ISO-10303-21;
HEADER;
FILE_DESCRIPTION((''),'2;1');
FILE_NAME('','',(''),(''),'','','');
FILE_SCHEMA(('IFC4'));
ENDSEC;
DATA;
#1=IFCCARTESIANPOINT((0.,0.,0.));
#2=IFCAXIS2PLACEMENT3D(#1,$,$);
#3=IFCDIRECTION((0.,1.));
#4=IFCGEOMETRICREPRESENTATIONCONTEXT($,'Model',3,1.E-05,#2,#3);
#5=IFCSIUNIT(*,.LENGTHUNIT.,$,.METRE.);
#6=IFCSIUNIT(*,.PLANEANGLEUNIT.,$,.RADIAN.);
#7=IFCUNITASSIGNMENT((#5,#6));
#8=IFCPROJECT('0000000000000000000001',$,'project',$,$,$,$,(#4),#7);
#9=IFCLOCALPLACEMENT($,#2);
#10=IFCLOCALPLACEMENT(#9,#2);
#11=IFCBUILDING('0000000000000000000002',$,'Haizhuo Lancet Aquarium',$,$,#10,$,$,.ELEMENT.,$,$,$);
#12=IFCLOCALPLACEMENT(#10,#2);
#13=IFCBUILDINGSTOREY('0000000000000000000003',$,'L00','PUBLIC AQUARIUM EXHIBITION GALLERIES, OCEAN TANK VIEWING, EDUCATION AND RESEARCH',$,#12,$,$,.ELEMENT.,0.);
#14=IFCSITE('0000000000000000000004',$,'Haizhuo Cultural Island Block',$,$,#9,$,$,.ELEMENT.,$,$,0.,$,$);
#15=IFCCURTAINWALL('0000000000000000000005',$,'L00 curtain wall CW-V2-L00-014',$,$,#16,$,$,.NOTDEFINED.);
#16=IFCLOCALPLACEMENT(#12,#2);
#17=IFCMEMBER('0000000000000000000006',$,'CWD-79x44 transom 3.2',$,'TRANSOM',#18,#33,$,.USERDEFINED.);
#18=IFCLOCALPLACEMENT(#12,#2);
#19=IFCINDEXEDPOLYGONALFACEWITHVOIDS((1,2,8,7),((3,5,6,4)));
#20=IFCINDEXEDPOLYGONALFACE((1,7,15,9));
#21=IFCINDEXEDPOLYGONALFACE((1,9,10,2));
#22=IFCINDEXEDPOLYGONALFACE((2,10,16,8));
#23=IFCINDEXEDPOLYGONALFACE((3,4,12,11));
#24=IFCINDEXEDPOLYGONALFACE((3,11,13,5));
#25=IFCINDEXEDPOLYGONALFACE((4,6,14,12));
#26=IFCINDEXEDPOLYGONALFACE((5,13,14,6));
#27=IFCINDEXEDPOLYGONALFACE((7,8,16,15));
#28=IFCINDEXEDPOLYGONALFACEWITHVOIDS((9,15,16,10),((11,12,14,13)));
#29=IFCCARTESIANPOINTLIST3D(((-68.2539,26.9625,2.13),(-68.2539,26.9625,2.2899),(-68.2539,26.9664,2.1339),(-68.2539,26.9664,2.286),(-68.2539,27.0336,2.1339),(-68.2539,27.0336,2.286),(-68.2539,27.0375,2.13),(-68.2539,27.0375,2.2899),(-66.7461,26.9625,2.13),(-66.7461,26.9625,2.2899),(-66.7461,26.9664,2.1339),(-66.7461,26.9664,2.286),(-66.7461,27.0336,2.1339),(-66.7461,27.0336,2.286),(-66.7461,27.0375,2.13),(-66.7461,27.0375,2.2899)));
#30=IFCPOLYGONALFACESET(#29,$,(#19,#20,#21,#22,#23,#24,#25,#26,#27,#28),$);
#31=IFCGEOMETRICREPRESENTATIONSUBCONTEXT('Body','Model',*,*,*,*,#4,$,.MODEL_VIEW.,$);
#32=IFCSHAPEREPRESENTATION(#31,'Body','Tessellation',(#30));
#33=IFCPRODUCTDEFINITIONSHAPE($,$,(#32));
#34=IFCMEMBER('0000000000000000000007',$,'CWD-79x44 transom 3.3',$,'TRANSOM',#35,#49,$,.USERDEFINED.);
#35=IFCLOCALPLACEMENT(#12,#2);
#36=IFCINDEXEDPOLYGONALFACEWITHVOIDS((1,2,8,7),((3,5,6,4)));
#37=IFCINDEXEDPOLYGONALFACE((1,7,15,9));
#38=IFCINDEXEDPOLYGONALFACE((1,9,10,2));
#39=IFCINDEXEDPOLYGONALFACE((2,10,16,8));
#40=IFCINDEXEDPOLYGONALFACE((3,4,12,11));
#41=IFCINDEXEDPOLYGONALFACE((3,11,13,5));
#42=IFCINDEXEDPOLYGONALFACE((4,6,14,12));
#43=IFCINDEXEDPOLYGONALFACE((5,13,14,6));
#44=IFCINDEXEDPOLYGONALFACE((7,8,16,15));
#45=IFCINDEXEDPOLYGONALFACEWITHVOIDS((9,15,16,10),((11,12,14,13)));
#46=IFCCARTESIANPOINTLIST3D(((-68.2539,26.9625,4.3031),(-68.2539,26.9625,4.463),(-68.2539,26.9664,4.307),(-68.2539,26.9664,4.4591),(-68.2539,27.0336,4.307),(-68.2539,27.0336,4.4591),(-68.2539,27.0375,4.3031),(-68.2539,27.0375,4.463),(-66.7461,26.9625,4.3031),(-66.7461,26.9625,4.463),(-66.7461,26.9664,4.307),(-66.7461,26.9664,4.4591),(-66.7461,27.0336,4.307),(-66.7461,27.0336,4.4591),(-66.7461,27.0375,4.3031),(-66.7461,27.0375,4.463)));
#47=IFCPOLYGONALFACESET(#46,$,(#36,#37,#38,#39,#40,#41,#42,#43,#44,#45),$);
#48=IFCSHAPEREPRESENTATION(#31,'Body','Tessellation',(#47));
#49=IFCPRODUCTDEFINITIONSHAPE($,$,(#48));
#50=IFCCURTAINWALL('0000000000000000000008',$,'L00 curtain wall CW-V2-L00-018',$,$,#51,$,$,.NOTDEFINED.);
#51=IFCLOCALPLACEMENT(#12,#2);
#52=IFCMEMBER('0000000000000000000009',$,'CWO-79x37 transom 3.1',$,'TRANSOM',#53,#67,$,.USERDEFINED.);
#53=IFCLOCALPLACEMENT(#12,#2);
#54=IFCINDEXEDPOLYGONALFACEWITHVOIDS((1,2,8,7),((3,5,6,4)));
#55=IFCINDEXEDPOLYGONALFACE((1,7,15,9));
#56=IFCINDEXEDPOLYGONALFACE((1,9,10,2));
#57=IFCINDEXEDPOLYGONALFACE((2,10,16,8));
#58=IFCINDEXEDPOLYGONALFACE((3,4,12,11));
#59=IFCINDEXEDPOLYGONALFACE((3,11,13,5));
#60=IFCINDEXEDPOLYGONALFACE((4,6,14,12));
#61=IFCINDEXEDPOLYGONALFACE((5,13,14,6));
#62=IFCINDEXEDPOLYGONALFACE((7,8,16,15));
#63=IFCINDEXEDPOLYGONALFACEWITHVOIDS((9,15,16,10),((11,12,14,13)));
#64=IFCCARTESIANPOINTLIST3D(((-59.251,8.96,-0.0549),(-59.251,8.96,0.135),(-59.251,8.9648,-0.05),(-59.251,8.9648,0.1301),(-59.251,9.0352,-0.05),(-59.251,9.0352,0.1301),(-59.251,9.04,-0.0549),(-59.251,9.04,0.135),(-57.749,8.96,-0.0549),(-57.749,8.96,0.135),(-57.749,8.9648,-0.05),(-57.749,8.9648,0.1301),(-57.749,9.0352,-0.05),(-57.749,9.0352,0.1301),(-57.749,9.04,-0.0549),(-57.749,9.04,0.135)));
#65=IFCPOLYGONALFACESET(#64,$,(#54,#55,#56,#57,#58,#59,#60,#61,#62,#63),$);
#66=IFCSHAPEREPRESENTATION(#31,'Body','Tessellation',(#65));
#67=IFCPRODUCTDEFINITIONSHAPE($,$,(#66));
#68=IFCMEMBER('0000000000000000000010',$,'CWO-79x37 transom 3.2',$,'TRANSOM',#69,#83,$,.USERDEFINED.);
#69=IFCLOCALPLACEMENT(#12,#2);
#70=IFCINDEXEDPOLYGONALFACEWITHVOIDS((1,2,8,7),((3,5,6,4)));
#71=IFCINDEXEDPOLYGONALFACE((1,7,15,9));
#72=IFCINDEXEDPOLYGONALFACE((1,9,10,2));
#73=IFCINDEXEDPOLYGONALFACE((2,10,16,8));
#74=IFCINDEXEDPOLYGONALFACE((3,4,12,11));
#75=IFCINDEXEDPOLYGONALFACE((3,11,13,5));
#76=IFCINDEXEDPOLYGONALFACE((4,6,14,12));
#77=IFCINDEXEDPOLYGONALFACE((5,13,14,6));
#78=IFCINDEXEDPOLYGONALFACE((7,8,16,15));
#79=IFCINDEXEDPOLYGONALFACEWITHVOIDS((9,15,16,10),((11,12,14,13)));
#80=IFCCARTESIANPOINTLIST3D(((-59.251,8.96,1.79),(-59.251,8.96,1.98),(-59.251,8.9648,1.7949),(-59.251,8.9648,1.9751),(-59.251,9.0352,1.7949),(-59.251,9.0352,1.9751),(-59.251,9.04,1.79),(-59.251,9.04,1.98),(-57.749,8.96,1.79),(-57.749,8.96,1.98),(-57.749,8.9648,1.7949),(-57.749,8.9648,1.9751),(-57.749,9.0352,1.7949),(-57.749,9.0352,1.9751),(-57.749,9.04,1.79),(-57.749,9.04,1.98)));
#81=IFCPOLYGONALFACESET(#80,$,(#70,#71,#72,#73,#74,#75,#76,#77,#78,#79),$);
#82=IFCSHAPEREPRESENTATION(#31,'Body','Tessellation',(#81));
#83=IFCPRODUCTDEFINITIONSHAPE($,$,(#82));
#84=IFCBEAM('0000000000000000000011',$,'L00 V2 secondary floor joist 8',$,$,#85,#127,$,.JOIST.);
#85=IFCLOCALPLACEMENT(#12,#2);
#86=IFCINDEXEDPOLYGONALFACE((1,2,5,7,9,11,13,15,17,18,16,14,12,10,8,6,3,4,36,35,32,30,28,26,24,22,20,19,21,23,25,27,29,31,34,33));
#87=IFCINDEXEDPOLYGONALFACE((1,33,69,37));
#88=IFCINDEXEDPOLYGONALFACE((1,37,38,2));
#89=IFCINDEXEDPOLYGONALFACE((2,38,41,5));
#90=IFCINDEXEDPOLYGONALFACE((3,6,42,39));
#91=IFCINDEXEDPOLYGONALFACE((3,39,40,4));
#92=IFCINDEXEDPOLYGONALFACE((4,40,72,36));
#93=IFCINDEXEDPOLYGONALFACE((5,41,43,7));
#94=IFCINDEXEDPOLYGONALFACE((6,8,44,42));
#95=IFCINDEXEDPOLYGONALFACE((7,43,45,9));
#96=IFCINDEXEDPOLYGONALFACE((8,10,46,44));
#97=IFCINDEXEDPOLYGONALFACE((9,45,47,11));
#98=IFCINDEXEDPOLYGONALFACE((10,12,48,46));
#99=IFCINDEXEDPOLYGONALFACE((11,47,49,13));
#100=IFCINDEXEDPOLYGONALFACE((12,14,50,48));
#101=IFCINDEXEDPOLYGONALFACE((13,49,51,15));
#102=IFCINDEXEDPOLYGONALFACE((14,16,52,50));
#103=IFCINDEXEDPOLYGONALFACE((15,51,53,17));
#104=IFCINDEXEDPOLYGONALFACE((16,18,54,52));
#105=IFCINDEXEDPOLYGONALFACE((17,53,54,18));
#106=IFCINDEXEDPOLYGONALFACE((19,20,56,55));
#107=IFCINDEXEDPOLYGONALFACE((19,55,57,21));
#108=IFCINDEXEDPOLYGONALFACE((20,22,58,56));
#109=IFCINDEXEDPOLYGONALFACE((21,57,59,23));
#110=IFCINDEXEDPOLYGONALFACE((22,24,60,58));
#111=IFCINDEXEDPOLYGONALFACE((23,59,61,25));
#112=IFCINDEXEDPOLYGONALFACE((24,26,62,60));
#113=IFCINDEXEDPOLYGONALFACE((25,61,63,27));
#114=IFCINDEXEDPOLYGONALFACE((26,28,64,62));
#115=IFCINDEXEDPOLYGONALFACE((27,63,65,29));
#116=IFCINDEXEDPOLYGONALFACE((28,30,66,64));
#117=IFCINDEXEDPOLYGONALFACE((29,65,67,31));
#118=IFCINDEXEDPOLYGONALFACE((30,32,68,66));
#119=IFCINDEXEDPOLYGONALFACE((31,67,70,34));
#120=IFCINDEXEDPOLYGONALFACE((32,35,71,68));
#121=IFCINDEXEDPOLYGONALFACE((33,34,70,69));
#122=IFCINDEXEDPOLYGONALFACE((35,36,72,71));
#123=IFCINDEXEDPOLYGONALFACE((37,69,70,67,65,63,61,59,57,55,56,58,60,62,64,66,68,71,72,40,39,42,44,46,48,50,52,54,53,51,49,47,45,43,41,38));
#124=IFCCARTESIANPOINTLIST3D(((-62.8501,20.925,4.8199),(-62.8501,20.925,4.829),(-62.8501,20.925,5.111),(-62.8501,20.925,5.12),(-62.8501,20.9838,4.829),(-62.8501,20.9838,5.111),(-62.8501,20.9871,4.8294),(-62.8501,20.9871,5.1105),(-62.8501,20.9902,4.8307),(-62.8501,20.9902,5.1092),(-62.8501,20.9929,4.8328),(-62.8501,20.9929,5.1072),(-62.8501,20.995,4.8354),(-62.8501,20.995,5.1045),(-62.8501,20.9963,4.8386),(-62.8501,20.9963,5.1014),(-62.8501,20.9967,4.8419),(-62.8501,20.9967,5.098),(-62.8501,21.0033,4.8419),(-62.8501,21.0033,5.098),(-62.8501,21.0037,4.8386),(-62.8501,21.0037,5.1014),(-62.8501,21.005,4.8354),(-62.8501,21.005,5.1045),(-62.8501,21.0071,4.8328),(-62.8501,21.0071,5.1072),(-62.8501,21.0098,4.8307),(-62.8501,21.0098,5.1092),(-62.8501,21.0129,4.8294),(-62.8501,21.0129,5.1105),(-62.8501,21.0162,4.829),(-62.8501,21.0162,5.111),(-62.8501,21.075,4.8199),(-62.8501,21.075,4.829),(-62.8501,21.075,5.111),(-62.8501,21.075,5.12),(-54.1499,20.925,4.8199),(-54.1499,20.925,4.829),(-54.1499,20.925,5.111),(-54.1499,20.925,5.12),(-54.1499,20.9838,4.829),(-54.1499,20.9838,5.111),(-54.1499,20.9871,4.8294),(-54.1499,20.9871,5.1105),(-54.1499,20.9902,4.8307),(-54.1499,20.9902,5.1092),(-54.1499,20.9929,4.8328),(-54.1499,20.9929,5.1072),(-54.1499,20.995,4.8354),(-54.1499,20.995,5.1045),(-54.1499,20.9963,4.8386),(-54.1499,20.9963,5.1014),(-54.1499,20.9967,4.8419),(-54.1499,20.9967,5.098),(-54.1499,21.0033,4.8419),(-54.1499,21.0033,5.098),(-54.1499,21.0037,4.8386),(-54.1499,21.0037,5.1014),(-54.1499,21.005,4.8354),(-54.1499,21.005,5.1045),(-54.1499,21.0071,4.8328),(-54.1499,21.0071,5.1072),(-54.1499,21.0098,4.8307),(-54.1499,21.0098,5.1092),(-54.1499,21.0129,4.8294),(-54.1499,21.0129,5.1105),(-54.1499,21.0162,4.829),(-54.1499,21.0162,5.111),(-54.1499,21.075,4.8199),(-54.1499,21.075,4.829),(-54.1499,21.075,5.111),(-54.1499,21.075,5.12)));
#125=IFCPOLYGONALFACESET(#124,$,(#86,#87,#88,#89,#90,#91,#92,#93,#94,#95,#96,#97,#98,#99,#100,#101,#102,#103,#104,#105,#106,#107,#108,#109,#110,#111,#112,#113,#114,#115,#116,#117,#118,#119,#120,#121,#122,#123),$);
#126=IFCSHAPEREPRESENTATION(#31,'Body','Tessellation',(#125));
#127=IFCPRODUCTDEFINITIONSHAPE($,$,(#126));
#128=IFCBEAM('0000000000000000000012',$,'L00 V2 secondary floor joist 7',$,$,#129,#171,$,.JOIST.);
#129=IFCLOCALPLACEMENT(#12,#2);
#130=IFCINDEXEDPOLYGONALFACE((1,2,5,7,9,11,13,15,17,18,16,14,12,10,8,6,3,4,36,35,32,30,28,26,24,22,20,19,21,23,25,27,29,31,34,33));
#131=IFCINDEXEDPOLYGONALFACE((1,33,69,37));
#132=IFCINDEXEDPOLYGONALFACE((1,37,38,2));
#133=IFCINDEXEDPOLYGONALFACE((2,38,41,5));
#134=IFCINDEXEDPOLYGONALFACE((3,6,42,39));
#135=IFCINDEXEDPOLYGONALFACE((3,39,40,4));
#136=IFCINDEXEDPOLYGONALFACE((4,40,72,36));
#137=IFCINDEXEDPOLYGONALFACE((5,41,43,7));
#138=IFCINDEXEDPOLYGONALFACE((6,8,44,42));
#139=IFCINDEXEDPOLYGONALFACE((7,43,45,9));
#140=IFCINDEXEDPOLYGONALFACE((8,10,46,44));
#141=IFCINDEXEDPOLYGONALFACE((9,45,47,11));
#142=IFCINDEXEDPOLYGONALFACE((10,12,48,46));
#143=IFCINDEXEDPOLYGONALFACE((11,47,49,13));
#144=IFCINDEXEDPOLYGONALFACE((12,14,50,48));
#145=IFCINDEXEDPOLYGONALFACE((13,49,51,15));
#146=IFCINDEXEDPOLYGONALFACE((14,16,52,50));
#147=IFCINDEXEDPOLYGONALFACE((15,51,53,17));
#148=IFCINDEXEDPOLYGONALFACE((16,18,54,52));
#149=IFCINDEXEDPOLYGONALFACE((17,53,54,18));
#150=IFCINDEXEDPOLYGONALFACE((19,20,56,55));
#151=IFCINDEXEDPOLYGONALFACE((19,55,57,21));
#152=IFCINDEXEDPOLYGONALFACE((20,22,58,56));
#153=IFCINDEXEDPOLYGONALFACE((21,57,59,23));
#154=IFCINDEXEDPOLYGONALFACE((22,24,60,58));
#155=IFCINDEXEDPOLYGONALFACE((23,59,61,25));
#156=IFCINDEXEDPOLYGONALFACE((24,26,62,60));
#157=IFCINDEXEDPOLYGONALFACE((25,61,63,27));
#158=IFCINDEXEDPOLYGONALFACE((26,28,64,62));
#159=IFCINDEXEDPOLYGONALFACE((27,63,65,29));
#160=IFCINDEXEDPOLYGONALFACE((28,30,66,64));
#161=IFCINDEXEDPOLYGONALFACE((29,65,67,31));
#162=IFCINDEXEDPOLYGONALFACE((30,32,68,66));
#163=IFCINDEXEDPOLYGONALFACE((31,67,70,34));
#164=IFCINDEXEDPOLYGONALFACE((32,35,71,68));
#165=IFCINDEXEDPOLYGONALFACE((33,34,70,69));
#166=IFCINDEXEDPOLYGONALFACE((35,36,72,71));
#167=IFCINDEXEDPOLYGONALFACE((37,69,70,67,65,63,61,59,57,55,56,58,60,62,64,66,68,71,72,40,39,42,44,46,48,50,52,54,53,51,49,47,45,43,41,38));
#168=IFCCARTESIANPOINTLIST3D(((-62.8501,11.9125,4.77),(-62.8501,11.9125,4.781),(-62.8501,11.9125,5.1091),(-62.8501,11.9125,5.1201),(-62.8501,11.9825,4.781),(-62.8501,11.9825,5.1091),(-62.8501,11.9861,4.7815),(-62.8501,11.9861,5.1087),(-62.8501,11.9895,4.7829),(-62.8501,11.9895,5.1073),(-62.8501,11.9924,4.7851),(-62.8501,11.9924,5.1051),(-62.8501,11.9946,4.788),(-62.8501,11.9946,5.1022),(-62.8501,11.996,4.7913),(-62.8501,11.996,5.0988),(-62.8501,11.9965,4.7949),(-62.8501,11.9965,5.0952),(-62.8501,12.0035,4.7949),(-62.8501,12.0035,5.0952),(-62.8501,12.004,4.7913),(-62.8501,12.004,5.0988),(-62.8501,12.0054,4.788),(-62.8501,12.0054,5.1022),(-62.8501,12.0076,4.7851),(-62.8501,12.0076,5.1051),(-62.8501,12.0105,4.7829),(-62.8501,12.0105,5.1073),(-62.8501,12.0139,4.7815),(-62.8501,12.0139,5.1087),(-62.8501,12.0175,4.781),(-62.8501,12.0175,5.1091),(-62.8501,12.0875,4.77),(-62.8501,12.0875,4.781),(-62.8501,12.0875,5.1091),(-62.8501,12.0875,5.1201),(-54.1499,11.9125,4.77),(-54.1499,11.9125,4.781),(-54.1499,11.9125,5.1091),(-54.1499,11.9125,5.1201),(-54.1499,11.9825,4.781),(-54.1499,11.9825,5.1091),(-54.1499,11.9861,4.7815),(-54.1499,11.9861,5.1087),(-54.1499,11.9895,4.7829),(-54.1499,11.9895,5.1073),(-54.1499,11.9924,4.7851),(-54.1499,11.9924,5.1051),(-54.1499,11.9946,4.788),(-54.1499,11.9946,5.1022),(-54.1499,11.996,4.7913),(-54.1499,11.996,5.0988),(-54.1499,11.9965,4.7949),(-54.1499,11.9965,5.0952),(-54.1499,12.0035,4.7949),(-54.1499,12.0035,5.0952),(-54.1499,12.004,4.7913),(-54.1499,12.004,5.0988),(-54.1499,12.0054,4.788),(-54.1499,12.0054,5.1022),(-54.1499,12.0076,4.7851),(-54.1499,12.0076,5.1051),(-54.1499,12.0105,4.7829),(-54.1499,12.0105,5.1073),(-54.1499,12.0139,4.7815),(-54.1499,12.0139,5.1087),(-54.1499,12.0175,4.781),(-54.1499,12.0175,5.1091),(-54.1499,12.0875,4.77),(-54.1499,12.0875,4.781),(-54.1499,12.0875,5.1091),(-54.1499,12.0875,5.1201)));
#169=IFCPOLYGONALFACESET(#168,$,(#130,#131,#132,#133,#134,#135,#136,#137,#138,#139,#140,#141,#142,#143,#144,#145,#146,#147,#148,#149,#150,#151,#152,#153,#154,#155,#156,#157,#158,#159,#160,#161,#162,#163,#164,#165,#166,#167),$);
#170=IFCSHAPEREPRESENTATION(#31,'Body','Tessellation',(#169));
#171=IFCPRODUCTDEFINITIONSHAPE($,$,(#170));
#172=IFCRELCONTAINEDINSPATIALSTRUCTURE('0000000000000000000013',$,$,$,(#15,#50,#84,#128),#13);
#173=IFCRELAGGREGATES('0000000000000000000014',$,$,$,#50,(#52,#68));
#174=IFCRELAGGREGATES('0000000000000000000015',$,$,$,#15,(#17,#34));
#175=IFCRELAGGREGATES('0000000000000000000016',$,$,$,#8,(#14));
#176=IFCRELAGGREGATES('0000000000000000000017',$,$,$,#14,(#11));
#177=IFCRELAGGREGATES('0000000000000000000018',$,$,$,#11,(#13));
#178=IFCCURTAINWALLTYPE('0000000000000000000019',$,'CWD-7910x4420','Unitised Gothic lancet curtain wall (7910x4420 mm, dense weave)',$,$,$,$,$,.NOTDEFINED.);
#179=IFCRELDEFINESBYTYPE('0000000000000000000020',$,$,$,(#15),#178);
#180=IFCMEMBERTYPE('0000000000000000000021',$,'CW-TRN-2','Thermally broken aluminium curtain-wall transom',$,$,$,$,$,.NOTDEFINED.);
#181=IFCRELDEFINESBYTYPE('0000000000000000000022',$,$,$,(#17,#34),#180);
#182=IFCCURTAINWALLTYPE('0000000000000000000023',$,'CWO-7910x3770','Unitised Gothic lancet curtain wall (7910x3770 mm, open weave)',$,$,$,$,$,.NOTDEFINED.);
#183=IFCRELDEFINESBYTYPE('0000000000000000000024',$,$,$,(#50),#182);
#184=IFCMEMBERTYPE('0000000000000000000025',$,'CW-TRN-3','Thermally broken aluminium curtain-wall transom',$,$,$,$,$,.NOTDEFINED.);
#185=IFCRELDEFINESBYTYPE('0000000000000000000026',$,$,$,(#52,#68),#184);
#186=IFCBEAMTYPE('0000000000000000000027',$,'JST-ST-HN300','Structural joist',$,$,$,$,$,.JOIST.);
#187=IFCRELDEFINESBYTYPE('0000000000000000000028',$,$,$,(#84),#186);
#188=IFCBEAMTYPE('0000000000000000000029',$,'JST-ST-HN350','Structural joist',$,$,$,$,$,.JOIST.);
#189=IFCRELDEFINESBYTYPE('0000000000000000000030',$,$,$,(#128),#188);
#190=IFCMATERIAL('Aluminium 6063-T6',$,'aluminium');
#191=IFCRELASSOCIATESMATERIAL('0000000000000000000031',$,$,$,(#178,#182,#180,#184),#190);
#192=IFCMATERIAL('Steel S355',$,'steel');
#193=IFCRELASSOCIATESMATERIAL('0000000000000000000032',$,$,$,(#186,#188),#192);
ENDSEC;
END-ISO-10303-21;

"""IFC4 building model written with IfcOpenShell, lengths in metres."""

from ifc_helpers import new_model, si_unit, direction, frame, origin, origin_2d, place, context, subcontext, project, spatial, hollow_rectangle, i_section, extrude, material, material_profile, profile_set, type_object, element, aggregate, save


model = new_model("IFC4")

# Units and contexts
model_context = context("Model", 3, precision=1e-05, world=origin(), true_north=direction((0.0, 1.0)))
body_context = subcontext(model_context, "Body", "Model", "MODEL_VIEW")
ifc_project = project(units=[si_unit("LENGTHUNIT", "METRE"), si_unit("PLANEANGLEUNIT", "RADIAN")], contexts=[model_context])

# Site, building, storey
site_placement = place(None, origin())
site = spatial("IfcSite", under=ifc_project, at=site_placement, Name="Haizhuo Cultural Island Block", CompositionType="ELEMENT", RefElevation=0.0)
building_placement = place(site_placement, origin())
building = spatial("IfcBuilding", under=site, at=building_placement, Name="Haizhuo Lancet Aquarium", CompositionType="ELEMENT")
storey_placement = place(building_placement, origin())
storey = spatial("IfcBuildingStorey", under=building, at=storey_placement, Name="L00", Description="PUBLIC AQUARIUM EXHIBITION GALLERIES, OCEAN TANK VIEWING, EDUCATION AND RESEARCH", CompositionType="ELEMENT", Elevation=0.0)

# Shared definitions
ifc_material_1 = material(Name="Steel S355", Category="steel")

# Curtain walls, members
ifc_material_2 = material(Name="Aluminium 6063-T6", Category="aluminium")
curtain_wall_type_1 = type_object("IfcCurtainWallType", Name="CWD-7910x4420", Description="Unitised Gothic lancet curtain wall (7910x4420 mm, dense weave)", PredefinedType="NOTDEFINED", material=ifc_material_2)
curtain_wall_1_placement = place(storey_placement, origin())
curtain_wall_1 = element("IfcCurtainWall", 1, at=curtain_wall_1_placement, inside=storey, type_object=curtain_wall_type_1, Name="L00 curtain wall CW-V2-L00-014", PredefinedType="NOTDEFINED")
ifc_material_profile_1 = material_profile(ifc_material_2, hollow_rectangle(XDim=0.075, YDim=0.1599, WallThickness=0.0039, at=origin_2d()), Name="ALU-T 75x160x4")
ifc_profile_set_1 = profile_set([ifc_material_profile_1], Name="Aluminium 6063-T6")
member_type_1 = type_object("IfcMemberType", Name="CW-TRN-2", Description="Thermally broken aluminium curtain-wall transom", PredefinedType="NOTDEFINED", material=ifc_profile_set_1)
member_1_placement = place(storey_placement, frame((-68.2539, 27.0, 2.21), z_axis=(1.0, 0.0, 0.0), x_axis=(0.0, 1.0, 0.0)))
member_1 = element("IfcMember", 2, at=member_1_placement, type_object=member_type_1, Name="CWD-79x44 transom 3.2", ObjectType="TRANSOM", PredefinedType="USERDEFINED", context=body_context, shape_type="SweptSolid", body=[
    extrude(hollow_rectangle(XDim=0.075, YDim=0.1599, WallThickness=0.0039, at=origin_2d()), origin(), (0.0, 0.0, 1.0), 1.5078),
])
member_2_placement = place(storey_placement, frame((-68.2539, 27.0, 4.3831), z_axis=(1.0, 0.0, 0.0), x_axis=(0.0, 1.0, 0.0)))
member_2 = element("IfcMember", 3, at=member_2_placement, type_object=member_type_1, Name="CWD-79x44 transom 3.3", ObjectType="TRANSOM", PredefinedType="USERDEFINED", context=body_context, shape_type="SweptSolid", body=[
    extrude(hollow_rectangle(XDim=0.075, YDim=0.1599, WallThickness=0.0039, at=origin_2d()), origin(), (0.0, 0.0, 1.0), 1.5078),
])
curtain_wall_type_2 = type_object("IfcCurtainWallType", Name="CWO-7910x3770", Description="Unitised Gothic lancet curtain wall (7910x3770 mm, open weave)", PredefinedType="NOTDEFINED", material=ifc_material_2)
curtain_wall_2_placement = place(storey_placement, origin())
curtain_wall_2 = element("IfcCurtainWall", 4, at=curtain_wall_2_placement, inside=storey, type_object=curtain_wall_type_2, Name="L00 curtain wall CW-V2-L00-018", PredefinedType="NOTDEFINED")
ifc_material_profile_2 = material_profile(ifc_material_2, hollow_rectangle(XDim=0.0801, YDim=0.1899, WallThickness=0.0049, at=origin_2d()), Name="ALU-T 80x190x5")
ifc_profile_set_2 = profile_set([ifc_material_profile_2], Name="Aluminium 6063-T6")
member_type_2 = type_object("IfcMemberType", Name="CW-TRN-3", Description="Thermally broken aluminium curtain-wall transom", PredefinedType="NOTDEFINED", material=ifc_profile_set_2)
member_3_placement = place(storey_placement, frame((-57.749, 9.0, 0.04), z_axis=(-1.0, 0.0, 0.0), x_axis=(0.0, -1.0, 0.0)))
member_3 = element("IfcMember", 5, at=member_3_placement, type_object=member_type_2, Name="CWO-79x37 transom 3.1", ObjectType="TRANSOM", PredefinedType="USERDEFINED", context=body_context, shape_type="SweptSolid", body=[
    extrude(hollow_rectangle(XDim=0.0801, YDim=0.1899, WallThickness=0.0049, at=origin_2d()), origin(), (0.0, 0.0, 1.0), 1.502),
])
member_4_placement = place(storey_placement, frame((-57.749, 9.0, 1.885), z_axis=(-1.0, 0.0, 0.0), x_axis=(0.0, -1.0, 0.0)))
member_4 = element("IfcMember", 6, at=member_4_placement, type_object=member_type_2, Name="CWO-79x37 transom 3.2", ObjectType="TRANSOM", PredefinedType="USERDEFINED", context=body_context, shape_type="SweptSolid", body=[
    extrude(hollow_rectangle(XDim=0.0801, YDim=0.1899, WallThickness=0.0049, at=origin_2d()), origin(), (0.0, 0.0, 1.0), 1.502),
])
aggregate(curtain_wall_2, [member_3, member_4])

# Beams
ifc_material_profile_3 = material_profile(ifc_material_1, i_section(OverallWidth=0.1499, OverallDepth=0.3, WebThickness=0.0066, FlangeThickness=0.009, FilletRadius=0.0129, at=origin_2d()), Name="HN 300x150x6.5x9")
ifc_profile_set_3 = profile_set([ifc_material_profile_3], Name="Steel S355")
beam_type_1 = type_object("IfcBeamType", Name="JST-ST-HN300", Description="Structural joist", PredefinedType="JOIST", material=ifc_profile_set_3)
beam_1_placement = place(storey_placement, frame((-62.8501, 21.0, 4.97), z_axis=(1.0, 0.0, 0.0), x_axis=(0.0, 1.0, 0.0)))
element("IfcBeam", 7, at=beam_1_placement, inside=storey, type_object=beam_type_1, Name="L00 V2 secondary floor joist 8", PredefinedType="JOIST", context=body_context, shape_type="SweptSolid", body=[
    extrude(i_section(OverallWidth=0.1499, OverallDepth=0.3, WebThickness=0.0066, FlangeThickness=0.009, FilletRadius=0.0129, at=origin_2d()), origin(), (0.0, 0.0, 1.0), 8.7002),
])
ifc_material_profile_4 = material_profile(ifc_material_1, i_section(OverallWidth=0.175, OverallDepth=0.3501, WebThickness=0.0071, FlangeThickness=0.011, FilletRadius=0.0139, at=origin_2d()), Name="HN 350x175x7x11")
ifc_profile_set_4 = profile_set([ifc_material_profile_4], Name="Steel S355")
beam_type_2 = type_object("IfcBeamType", Name="JST-ST-HN350", Description="Structural joist", PredefinedType="JOIST", material=ifc_profile_set_4)
beam_2_placement = place(storey_placement, frame((-62.8501, 12.0, 4.9451), z_axis=(1.0, 0.0, 0.0), x_axis=(0.0, 1.0, 0.0)))
element("IfcBeam", 8, at=beam_2_placement, inside=storey, type_object=beam_type_2, Name="L00 V2 secondary floor joist 7", PredefinedType="JOIST", context=body_context, shape_type="SweptSolid", body=[
    extrude(i_section(OverallWidth=0.175, OverallDepth=0.3501, WebThickness=0.0071, FlangeThickness=0.011, FilletRadius=0.0139, at=origin_2d()), origin(), (0.0, 0.0, 1.0), 8.7002),
])

aggregate(curtain_wall_1, [member_1, member_2])

save(model, "model.ifc")
